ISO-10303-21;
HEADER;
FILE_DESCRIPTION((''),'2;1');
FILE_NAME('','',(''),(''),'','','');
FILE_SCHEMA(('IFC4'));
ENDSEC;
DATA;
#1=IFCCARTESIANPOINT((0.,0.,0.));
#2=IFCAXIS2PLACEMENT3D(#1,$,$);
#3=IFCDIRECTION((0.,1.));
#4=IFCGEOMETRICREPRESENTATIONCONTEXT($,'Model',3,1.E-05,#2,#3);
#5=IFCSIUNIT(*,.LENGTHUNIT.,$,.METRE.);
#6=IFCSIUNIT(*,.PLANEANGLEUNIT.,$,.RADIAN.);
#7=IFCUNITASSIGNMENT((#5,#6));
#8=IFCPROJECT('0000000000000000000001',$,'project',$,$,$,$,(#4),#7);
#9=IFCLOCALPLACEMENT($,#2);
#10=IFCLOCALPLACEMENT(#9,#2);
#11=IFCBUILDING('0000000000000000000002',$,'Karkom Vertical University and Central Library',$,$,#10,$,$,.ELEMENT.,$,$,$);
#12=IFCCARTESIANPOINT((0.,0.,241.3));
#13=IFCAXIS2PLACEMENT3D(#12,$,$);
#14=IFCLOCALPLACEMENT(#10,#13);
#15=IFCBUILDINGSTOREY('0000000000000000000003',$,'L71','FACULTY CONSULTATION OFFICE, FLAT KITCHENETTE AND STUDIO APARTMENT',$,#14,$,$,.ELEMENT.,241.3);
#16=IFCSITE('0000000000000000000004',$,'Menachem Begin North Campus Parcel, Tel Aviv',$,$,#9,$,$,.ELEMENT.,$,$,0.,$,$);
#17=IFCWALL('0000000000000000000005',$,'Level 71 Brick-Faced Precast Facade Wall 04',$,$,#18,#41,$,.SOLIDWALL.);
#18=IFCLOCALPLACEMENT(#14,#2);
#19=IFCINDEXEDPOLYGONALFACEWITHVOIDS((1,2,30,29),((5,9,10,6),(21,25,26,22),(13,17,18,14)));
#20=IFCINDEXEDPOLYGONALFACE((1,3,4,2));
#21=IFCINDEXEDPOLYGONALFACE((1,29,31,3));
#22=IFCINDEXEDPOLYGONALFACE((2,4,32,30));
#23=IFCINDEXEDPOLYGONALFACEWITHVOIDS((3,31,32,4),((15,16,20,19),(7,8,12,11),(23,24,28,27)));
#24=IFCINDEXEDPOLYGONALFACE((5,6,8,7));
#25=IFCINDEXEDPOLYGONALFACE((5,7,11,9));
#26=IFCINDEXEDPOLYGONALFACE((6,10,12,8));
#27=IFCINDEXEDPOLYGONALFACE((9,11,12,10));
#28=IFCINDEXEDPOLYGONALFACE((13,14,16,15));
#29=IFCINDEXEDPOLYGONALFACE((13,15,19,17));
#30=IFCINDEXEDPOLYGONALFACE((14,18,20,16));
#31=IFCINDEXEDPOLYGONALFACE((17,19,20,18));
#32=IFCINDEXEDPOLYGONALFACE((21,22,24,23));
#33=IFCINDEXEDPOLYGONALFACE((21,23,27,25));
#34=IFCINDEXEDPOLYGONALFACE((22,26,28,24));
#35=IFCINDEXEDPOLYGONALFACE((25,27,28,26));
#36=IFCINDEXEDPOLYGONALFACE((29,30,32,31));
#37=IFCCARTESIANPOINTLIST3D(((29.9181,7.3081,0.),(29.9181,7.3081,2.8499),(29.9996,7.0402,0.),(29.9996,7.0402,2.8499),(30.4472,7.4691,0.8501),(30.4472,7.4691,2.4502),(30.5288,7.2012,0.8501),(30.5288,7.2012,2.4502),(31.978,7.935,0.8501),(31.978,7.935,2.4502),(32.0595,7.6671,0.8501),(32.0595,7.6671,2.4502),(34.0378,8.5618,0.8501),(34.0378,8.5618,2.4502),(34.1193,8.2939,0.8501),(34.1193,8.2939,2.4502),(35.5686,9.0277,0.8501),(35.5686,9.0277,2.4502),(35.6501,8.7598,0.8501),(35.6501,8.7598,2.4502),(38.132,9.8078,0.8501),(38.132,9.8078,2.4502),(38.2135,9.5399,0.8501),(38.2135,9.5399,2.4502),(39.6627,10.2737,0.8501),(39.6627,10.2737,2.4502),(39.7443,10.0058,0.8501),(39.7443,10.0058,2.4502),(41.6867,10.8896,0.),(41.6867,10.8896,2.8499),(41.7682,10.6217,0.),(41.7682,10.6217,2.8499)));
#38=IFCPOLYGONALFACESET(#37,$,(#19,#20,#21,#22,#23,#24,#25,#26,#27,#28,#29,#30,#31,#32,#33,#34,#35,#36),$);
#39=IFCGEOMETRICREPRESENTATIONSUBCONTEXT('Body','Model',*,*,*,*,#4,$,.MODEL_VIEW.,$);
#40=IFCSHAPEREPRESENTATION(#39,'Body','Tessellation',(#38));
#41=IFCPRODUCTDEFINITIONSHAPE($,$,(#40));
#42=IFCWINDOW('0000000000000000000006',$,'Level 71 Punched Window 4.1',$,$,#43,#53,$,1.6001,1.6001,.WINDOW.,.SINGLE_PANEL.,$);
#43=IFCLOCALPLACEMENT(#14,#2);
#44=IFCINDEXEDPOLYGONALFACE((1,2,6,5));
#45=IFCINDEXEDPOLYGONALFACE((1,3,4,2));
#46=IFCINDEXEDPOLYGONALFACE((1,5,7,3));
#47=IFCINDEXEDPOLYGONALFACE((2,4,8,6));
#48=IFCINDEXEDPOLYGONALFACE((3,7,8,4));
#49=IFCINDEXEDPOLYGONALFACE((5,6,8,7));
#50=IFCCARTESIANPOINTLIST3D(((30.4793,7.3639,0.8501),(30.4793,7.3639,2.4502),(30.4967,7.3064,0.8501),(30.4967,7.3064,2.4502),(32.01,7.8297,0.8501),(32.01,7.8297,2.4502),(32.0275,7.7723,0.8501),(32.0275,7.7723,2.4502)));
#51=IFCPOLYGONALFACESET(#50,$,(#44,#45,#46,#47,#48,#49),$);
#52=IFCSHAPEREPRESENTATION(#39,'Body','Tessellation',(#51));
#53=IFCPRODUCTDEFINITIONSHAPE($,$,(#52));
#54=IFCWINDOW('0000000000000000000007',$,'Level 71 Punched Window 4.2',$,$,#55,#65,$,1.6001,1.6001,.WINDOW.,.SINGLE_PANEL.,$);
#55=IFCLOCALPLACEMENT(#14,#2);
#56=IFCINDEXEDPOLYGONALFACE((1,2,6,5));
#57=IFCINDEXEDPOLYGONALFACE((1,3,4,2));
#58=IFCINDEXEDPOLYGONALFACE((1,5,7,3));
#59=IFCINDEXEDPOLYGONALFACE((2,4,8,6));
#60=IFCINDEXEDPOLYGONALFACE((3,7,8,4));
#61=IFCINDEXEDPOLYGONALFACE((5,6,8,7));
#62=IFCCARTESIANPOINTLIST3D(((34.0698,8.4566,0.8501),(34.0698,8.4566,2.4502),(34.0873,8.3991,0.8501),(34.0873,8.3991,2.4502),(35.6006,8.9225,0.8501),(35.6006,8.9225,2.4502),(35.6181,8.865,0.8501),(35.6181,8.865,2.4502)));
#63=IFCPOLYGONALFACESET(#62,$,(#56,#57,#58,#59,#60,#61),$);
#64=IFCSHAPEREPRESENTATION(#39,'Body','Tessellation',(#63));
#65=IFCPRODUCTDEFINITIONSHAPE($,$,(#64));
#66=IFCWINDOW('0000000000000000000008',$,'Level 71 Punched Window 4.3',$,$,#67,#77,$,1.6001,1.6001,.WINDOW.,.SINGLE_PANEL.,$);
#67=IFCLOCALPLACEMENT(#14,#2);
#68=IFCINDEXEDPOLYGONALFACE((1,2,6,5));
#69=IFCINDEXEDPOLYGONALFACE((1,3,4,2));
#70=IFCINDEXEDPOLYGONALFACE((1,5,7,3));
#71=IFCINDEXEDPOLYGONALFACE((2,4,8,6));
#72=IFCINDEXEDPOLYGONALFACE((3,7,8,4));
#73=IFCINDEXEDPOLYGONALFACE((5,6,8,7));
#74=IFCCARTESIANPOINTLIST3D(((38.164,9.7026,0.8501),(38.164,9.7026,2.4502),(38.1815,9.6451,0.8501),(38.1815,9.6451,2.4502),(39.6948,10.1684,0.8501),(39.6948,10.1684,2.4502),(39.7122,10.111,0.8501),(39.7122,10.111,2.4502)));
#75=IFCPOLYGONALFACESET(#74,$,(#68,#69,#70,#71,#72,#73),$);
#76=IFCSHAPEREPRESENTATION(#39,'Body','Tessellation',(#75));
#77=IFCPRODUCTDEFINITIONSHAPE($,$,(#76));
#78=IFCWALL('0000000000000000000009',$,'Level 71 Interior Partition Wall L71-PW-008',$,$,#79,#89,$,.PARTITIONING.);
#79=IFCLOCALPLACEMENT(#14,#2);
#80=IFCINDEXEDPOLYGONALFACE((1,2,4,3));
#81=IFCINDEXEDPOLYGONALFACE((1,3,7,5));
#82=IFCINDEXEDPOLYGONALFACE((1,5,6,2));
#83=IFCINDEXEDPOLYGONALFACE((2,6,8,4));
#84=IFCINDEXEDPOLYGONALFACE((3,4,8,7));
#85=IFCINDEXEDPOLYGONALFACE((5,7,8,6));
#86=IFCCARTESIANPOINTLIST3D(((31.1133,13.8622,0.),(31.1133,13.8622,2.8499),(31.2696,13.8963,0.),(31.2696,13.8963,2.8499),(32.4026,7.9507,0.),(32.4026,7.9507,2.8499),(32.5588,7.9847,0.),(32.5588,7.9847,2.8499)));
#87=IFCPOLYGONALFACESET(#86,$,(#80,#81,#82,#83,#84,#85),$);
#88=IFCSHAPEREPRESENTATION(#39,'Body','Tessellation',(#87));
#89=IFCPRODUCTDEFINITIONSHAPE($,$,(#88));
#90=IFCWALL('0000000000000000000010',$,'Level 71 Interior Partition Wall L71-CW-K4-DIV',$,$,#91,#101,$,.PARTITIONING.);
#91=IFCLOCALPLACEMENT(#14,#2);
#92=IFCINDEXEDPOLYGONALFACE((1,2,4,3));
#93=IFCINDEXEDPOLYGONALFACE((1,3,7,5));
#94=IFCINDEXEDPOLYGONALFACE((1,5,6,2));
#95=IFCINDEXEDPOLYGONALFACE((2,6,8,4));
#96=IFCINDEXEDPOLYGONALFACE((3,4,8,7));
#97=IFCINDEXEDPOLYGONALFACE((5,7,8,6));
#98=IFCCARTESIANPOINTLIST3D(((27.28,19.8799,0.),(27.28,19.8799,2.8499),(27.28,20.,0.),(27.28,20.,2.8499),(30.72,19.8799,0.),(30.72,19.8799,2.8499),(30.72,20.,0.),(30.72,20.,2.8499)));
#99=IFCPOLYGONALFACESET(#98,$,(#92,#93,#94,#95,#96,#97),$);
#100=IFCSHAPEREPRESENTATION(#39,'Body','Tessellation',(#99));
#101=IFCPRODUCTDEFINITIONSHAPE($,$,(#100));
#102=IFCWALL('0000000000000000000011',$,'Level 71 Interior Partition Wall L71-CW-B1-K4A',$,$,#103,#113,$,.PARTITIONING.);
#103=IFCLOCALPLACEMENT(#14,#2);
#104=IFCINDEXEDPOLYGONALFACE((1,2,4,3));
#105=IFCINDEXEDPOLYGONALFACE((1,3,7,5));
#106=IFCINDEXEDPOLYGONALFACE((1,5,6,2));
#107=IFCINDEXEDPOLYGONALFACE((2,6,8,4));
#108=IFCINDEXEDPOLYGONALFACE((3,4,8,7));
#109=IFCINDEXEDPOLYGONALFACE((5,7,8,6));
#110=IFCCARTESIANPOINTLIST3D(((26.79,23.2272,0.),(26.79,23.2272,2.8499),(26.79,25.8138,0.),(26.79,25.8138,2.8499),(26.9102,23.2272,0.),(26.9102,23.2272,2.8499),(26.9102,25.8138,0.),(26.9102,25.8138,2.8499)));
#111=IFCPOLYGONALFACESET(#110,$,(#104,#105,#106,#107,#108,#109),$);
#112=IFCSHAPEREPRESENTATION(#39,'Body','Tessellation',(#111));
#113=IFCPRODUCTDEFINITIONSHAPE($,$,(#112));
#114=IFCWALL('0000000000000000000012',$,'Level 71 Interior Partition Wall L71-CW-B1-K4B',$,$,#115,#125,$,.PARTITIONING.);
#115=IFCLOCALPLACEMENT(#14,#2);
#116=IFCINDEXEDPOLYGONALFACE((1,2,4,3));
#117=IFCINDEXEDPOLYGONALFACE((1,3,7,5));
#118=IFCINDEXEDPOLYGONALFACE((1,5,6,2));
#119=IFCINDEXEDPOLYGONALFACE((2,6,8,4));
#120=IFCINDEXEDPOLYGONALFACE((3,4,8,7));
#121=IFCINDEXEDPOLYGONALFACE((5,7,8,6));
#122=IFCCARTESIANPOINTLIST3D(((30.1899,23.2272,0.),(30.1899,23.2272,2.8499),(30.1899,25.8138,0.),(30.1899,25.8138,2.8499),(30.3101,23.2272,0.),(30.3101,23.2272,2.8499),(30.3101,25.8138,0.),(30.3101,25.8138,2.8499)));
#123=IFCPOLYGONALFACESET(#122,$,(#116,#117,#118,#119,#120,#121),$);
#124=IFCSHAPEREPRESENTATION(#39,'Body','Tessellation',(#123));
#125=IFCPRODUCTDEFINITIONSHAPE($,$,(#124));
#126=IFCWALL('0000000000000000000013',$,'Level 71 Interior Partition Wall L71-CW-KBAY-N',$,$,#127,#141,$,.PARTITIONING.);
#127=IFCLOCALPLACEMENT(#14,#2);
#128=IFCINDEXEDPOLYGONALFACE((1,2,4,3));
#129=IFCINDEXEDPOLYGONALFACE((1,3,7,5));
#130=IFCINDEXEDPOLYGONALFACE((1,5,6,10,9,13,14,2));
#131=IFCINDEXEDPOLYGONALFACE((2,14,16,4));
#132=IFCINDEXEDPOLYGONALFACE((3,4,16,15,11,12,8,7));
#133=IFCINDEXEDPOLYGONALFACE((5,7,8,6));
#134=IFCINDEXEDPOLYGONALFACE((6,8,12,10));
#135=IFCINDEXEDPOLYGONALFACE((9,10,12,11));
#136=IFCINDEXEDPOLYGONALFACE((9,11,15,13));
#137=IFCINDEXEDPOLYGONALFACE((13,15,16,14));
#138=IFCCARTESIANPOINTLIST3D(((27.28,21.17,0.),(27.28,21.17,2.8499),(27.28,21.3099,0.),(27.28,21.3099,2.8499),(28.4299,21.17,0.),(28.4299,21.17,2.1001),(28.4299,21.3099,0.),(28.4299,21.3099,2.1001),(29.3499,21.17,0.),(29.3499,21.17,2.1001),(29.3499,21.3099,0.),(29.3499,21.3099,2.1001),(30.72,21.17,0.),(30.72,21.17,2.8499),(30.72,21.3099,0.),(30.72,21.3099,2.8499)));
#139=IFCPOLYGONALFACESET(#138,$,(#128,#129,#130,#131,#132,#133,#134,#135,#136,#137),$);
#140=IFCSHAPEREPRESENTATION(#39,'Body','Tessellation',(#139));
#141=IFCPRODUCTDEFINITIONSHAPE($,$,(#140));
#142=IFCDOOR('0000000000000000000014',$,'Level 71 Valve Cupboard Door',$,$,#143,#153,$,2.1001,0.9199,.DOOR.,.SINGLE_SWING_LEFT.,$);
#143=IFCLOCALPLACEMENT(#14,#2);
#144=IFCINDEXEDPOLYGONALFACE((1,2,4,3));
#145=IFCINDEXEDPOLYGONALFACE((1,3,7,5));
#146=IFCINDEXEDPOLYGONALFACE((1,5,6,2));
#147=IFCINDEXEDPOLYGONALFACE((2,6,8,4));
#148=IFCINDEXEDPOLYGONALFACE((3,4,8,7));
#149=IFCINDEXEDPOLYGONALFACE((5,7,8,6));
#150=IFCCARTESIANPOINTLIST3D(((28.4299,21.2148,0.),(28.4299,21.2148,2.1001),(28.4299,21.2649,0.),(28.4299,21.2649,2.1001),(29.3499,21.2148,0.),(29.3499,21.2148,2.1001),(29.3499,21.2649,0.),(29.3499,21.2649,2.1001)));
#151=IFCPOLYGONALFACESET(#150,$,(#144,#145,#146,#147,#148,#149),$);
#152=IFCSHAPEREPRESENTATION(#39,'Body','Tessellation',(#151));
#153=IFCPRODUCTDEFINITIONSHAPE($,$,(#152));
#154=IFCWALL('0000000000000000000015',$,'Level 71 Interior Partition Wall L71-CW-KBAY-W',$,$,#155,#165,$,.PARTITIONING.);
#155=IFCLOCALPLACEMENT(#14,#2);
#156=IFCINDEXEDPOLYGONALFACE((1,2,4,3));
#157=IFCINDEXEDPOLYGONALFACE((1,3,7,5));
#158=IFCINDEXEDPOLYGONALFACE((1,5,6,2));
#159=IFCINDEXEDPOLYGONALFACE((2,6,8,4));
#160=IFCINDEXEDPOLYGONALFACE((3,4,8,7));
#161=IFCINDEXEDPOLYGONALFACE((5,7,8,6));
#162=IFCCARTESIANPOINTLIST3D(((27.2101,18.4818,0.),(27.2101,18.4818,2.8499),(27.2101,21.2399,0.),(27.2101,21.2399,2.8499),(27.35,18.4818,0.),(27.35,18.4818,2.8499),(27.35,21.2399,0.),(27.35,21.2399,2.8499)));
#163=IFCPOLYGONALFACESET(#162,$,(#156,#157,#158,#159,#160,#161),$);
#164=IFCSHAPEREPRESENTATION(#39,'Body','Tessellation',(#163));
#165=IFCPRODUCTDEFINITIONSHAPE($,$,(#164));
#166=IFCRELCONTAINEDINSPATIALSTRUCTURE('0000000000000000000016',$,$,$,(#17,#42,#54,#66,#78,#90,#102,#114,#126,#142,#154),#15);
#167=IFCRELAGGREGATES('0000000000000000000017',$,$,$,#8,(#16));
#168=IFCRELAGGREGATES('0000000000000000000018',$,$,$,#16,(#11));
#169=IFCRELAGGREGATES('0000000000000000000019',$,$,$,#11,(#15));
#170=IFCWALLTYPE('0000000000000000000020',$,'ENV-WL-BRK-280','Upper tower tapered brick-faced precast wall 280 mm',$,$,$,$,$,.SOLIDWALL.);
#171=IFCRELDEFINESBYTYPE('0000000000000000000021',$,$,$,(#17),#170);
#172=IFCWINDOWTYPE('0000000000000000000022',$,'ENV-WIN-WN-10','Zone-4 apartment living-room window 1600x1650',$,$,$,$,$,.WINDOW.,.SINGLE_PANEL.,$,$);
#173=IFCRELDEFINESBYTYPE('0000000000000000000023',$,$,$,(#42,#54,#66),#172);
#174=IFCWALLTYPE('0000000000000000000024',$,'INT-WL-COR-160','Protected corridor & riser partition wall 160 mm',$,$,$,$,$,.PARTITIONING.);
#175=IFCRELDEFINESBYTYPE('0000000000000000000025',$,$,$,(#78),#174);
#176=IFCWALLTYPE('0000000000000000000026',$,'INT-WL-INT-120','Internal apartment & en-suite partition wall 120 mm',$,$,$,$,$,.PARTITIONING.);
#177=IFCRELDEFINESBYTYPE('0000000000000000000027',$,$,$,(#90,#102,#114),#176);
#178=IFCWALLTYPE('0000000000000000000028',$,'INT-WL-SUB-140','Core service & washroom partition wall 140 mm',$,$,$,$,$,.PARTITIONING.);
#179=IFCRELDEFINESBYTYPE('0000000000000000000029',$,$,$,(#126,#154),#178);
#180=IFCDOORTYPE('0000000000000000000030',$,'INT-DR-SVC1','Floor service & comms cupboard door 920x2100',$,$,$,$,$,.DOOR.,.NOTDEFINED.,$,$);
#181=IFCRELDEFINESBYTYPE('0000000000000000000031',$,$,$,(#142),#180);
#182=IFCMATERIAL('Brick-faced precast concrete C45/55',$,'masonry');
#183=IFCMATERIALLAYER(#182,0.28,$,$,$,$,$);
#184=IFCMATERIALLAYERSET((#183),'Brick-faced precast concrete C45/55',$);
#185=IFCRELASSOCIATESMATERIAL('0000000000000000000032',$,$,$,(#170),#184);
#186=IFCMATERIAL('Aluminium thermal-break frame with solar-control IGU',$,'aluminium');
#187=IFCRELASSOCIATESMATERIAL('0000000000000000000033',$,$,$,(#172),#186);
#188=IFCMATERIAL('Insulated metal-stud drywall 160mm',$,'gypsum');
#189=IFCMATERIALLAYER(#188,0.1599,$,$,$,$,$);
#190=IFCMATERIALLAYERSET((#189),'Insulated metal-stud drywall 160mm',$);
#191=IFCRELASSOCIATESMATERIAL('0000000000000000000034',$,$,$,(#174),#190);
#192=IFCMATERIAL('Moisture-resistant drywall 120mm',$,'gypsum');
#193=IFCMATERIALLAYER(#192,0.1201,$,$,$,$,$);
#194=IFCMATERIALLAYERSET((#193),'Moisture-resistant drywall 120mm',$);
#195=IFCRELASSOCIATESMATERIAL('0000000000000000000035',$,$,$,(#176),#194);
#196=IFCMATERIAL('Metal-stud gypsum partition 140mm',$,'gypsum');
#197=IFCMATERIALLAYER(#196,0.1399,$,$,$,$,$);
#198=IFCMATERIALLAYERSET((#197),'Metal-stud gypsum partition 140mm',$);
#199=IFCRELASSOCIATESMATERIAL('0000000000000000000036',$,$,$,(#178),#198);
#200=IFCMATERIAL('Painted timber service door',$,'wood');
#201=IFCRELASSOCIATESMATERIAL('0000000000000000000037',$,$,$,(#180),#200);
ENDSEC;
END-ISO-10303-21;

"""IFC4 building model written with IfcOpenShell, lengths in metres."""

from ifc_helpers import new_model, si_unit, direction, frame, frame_2d, origin, origin_with_axes, place, context, subcontext, project, spatial, rectangle, extrude, source, transform, mapped, material, layer, layer_set, type_object, element, fill, save


model = new_model("IFC4")

# Units and contexts
model_context = context("Model", 3, precision=1e-05, world=origin(), true_north=direction((0.0, 1.0)))
body_context = subcontext(model_context, "Body", "Model", "MODEL_VIEW")
ifc_project = project(units=[si_unit("LENGTHUNIT", "METRE"), si_unit("PLANEANGLEUNIT", "RADIAN")], contexts=[model_context])

# Site, building, storey
site_placement = place(None, origin())
site = spatial("IfcSite", under=ifc_project, at=site_placement, Name="Menachem Begin North Campus Parcel, Tel Aviv", CompositionType="ELEMENT", RefElevation=0.0)
building_placement = place(site_placement, origin())
building = spatial("IfcBuilding", under=site, at=building_placement, Name="Karkom Vertical University and Central Library", CompositionType="ELEMENT")
storey_placement = place(building_placement, frame((0.0, 0.0, 241.3)))
storey = spatial("IfcBuildingStorey", under=building, at=storey_placement, Name="L71", Description="FACULTY CONSULTATION OFFICE, FLAT KITCHENETTE AND STUDIO APARTMENT", CompositionType="ELEMENT", Elevation=241.3)

# Wall, openings, windows
ifc_material_1 = material(Name="Brick-faced precast concrete C45/55", Category="masonry")
ifc_layer_1 = layer(ifc_material_1, 0.28)
ifc_layer_set_1 = layer_set([ifc_layer_1], Name="Brick-faced precast concrete C45/55")
wall_type_1 = type_object("IfcWallType", Name="ENV-WL-BRK-280", Description="Upper tower tapered brick-faced precast wall 280 mm", PredefinedType="SOLIDWALL", material=ifc_layer_set_1)
wall_1_placement = place(storey_placement, frame((29.9587, 7.1741, 0.0), z_axis=(0.0, 0.0, 1.0), x_axis=(0.956678, 0.291147, 0.0)))
wall_1 = element("IfcWall", 1, at=wall_1_placement, inside=storey, type_object=wall_type_1, Name="Level 71 Brick-Faced Precast Facade Wall 04", PredefinedType="SOLIDWALL", context=body_context, shape_type="SweptSolid", body=[
    extrude(rectangle(XDim=12.3015, YDim=0.28, at=frame_2d((6.1509, 0.0))), origin(), (0.0, 0.0, 1.0), 2.8499),
])
opening_1_placement = place(wall_1_placement, frame((0.5532, 0.0, 0.8501)))
opening_1 = element("IfcOpeningElement", 2, at=opening_1_placement, cuts=wall_1, PredefinedType="OPENING", context=body_context, shape_type="SweptSolid", body=[
    extrude(rectangle(XDim=1.6001, YDim=1.6001, at=frame_2d((0.8, 0.8))), frame((0.0, 0.1499, 0.0), z_axis=(0.0, -1.0, 0.0), x_axis=(1.0, 0.0, 0.0)), (0.0, 0.0, 1.0), 0.3),
])
opening_2_placement = place(wall_1_placement, frame((4.3064, 0.0, 0.8501)))
opening_2 = element("IfcOpeningElement", 3, at=opening_2_placement, cuts=wall_1, PredefinedType="OPENING", context=body_context, shape_type="SweptSolid", body=[
    extrude(rectangle(XDim=1.6001, YDim=1.6001, at=frame_2d((0.8, 0.8))), frame((0.0, 0.1499, 0.0), z_axis=(0.0, -1.0, 0.0), x_axis=(1.0, 0.0, 0.0)), (0.0, 0.0, 1.0), 0.3),
])
opening_3_placement = place(wall_1_placement, frame((8.5859, 0.0, 0.8501)))
opening_3 = element("IfcOpeningElement", 4, at=opening_3_placement, cuts=wall_1, PredefinedType="OPENING", context=body_context, shape_type="SweptSolid", body=[
    extrude(rectangle(XDim=1.6001, YDim=1.6001, at=frame_2d((0.8, 0.8))), frame((0.0, 0.1499, 0.0), z_axis=(0.0, -1.0, 0.0), x_axis=(1.0, 0.0, 0.0)), (0.0, 0.0, 1.0), 0.3),
])
ifc_material_2 = material(Name="Aluminium thermal-break frame with solar-control IGU", Category="aluminium")
window_type = type_object("IfcWindowType", Name="ENV-WIN-WN-10", Description="Zone-4 apartment living-room window 1600x1650", PartitioningType="SINGLE_PANEL", PredefinedType="WINDOW", material=ifc_material_2)
shared_shape_1 = source(origin_with_axes(), body_context, "Body", "SweptSolid", [
    extrude(rectangle(XDim=1.6001, YDim=1.6001, at=frame_2d((0.8, 0.8))), frame((0.0, 0.03, 0.0), z_axis=(0.0, -1.0, 0.0), x_axis=(1.0, 0.0, 0.0)), (0.0, 0.0, 1.0), 0.0601),
])
window_1_placement = place(opening_1_placement, origin())
window_1 = element("IfcWindow", 5, at=window_1_placement, inside=storey, type_object=window_type, Name="Level 71 Punched Window 4.1", OverallHeight=1.6001, OverallWidth=1.6001, PartitioningType="SINGLE_PANEL", PredefinedType="WINDOW", context=body_context, shape_type="MappedRepresentation", body=[
    mapped(shared_shape_1, transform((0.0, 0.0, 0.0), scale=1.0)),
])
fill(opening_1, window_1)
window_2_placement = place(opening_2_placement, origin())
window_2 = element("IfcWindow", 6, at=window_2_placement, inside=storey, type_object=window_type, Name="Level 71 Punched Window 4.2", OverallHeight=1.6001, OverallWidth=1.6001, PartitioningType="SINGLE_PANEL", PredefinedType="WINDOW", context=body_context, shape_type="MappedRepresentation", body=[
    mapped(shared_shape_1, transform((0.0, 0.0, 0.0), scale=1.0)),
])
fill(opening_2, window_2)
window_3_placement = place(opening_3_placement, origin())
window_3 = element("IfcWindow", 7, at=window_3_placement, inside=storey, type_object=window_type, Name="Level 71 Punched Window 4.3", OverallHeight=1.6001, OverallWidth=1.6001, PartitioningType="SINGLE_PANEL", PredefinedType="WINDOW", context=body_context, shape_type="MappedRepresentation", body=[
    mapped(shared_shape_1, transform((0.0, 0.0, 0.0), scale=1.0)),
])
fill(opening_3, window_3)

# Walls
ifc_material_3 = material(Name="Insulated metal-stud drywall 160mm", Category="gypsum")
ifc_layer_2 = layer(ifc_material_3, 0.1599)
ifc_layer_set_2 = layer_set([ifc_layer_2], Name="Insulated metal-stud drywall 160mm")
wall_type_2 = type_object("IfcWallType", Name="INT-WL-COR-160", Description="Protected corridor & riser partition wall 160 mm", PredefinedType="PARTITIONING", material=ifc_layer_set_2)
wall_2_placement = place(storey_placement, frame((31.1914, 13.8794, 0.0), z_axis=(0.0, 0.0, 1.0), x_axis=(0.213088, -0.977033, 0.0)))
element("IfcWall", 8, at=wall_2_placement, inside=storey, type_object=wall_type_2, Name="Level 71 Interior Partition Wall L71-PW-008", PredefinedType="PARTITIONING", context=body_context, shape_type="SweptSolid", body=[
    extrude(rectangle(XDim=6.0505, YDim=0.1599, at=frame_2d((3.0254, 0.0))), origin(), (0.0, 0.0, 1.0), 2.8499),
])
ifc_material_4 = material(Name="Moisture-resistant drywall 120mm", Category="gypsum")
ifc_layer_3 = layer(ifc_material_4, 0.1201)
ifc_layer_set_3 = layer_set([ifc_layer_3], Name="Moisture-resistant drywall 120mm")
wall_type_3 = type_object("IfcWallType", Name="INT-WL-INT-120", Description="Internal apartment & en-suite partition wall 120 mm", PredefinedType="PARTITIONING", material=ifc_layer_set_3)
wall_3_placement = place(storey_placement, frame((27.28, 19.9399, 0.0), z_axis=(0.0, 0.0, 1.0), x_axis=(1.0, 0.0, 0.0)))
element("IfcWall", 9, at=wall_3_placement, inside=storey, type_object=wall_type_3, Name="Level 71 Interior Partition Wall L71-CW-K4-DIV", PredefinedType="PARTITIONING", context=body_context, shape_type="SweptSolid", body=[
    extrude(rectangle(XDim=3.4399, YDim=0.1201, at=frame_2d((1.72, 0.0))), origin(), (0.0, 0.0, 1.0), 2.8499),
])
for number, where, z_axis, x_axis, name in (
    (10, (26.8501, 23.2271, 0.0), (0.0, 0.0, 1.0), (0.0, 1.0, 0.0), "Level 71 Interior Partition Wall L71-CW-B1-K4A"),
    (11, (30.25, 23.2271, 0.0), (0.0, 0.0, 1.0), (0.0, 1.0, 0.0), "Level 71 Interior Partition Wall L71-CW-B1-K4B"),
):
    element("IfcWall", number, at=place(storey_placement, frame(where, z_axis=z_axis, x_axis=x_axis)), inside=storey, type_object=wall_type_3, Name=name, PredefinedType="PARTITIONING", context=body_context, shape_type="SweptSolid", body=[
        extrude(rectangle(XDim=2.5867, YDim=0.1201, at=frame_2d((1.2935, 0.0))), origin(), (0.0, 0.0, 1.0), 2.8499),
    ])

# Wall, opening, door
ifc_material_5 = material(Name="Metal-stud gypsum partition 140mm", Category="gypsum")
ifc_layer_4 = layer(ifc_material_5, 0.1399)
ifc_layer_set_4 = layer_set([ifc_layer_4], Name="Metal-stud gypsum partition 140mm")
wall_type_4 = type_object("IfcWallType", Name="INT-WL-SUB-140", Description="Core service & washroom partition wall 140 mm", PredefinedType="PARTITIONING", material=ifc_layer_set_4)
wall_4_placement = place(storey_placement, frame((27.28, 21.24, 0.0), z_axis=(0.0, 0.0, 1.0), x_axis=(1.0, 0.0, 0.0)))
wall_4 = element("IfcWall", 12, at=wall_4_placement, inside=storey, type_object=wall_type_4, Name="Level 71 Interior Partition Wall L71-CW-KBAY-N", PredefinedType="PARTITIONING", context=body_context, shape_type="SweptSolid", body=[
    extrude(rectangle(XDim=3.4399, YDim=0.1399, at=frame_2d((1.72, 0.0))), origin(), (0.0, 0.0, 1.0), 2.8499),
])
opening_4_placement = place(wall_4_placement, frame((1.1499, 0.0, 0.0)))
opening_4 = element("IfcOpeningElement", 13, at=opening_4_placement, cuts=wall_4, PredefinedType="OPENING", context=body_context, shape_type="SweptSolid", body=[
    extrude(rectangle(XDim=0.9199, YDim=2.1001, at=frame_2d((0.46, 1.05))), frame((0.0, 0.0801, 0.0), z_axis=(0.0, -1.0, 0.0), x_axis=(1.0, 0.0, 0.0)), (0.0, 0.0, 1.0), 0.1599),
])
ifc_material_6 = material(Name="Painted timber service door", Category="wood")
door_type_1 = type_object("IfcDoorType", Name="INT-DR-SVC1", Description="Floor service & comms cupboard door 920x2100", OperationType="NOTDEFINED", PredefinedType="DOOR", material=ifc_material_6)
shared_shape_2 = source(origin_with_axes(), body_context, "Body", "SweptSolid", [
    extrude(rectangle(XDim=0.9199, YDim=2.1001, at=frame_2d((0.46, 1.05))), frame((0.0, 0.0249, 0.0), z_axis=(0.0, -1.0, 0.0), x_axis=(1.0, 0.0, 0.0)), (0.0, 0.0, 1.0), 0.05),
])
door_1_placement = place(opening_4_placement, origin())
door_1 = element("IfcDoor", 14, at=door_1_placement, inside=storey, type_object=door_type_1, Name="Level 71 Valve Cupboard Door", OperationType="SINGLE_SWING_LEFT", OverallHeight=2.1001, OverallWidth=0.9199, PredefinedType="DOOR", context=body_context, shape_type="MappedRepresentation", body=[
    mapped(shared_shape_2, transform((0.0, 0.0, 0.0), scale=1.0)),
])
fill(opening_4, door_1)

# Wall
wall_5_placement = place(storey_placement, frame((27.28, 18.4819, 0.0), z_axis=(0.0, 0.0, 1.0), x_axis=(0.0, 1.0, 0.0)))
element("IfcWall", 15, at=wall_5_placement, inside=storey, type_object=wall_type_4, Name="Level 71 Interior Partition Wall L71-CW-KBAY-W", PredefinedType="PARTITIONING", context=body_context, shape_type="SweptSolid", body=[
    extrude(rectangle(XDim=2.7581, YDim=0.1399, at=frame_2d((1.3789, 0.0))), origin(), (0.0, 0.0, 1.0), 2.8499),
])

save(model, "model.ifc")
